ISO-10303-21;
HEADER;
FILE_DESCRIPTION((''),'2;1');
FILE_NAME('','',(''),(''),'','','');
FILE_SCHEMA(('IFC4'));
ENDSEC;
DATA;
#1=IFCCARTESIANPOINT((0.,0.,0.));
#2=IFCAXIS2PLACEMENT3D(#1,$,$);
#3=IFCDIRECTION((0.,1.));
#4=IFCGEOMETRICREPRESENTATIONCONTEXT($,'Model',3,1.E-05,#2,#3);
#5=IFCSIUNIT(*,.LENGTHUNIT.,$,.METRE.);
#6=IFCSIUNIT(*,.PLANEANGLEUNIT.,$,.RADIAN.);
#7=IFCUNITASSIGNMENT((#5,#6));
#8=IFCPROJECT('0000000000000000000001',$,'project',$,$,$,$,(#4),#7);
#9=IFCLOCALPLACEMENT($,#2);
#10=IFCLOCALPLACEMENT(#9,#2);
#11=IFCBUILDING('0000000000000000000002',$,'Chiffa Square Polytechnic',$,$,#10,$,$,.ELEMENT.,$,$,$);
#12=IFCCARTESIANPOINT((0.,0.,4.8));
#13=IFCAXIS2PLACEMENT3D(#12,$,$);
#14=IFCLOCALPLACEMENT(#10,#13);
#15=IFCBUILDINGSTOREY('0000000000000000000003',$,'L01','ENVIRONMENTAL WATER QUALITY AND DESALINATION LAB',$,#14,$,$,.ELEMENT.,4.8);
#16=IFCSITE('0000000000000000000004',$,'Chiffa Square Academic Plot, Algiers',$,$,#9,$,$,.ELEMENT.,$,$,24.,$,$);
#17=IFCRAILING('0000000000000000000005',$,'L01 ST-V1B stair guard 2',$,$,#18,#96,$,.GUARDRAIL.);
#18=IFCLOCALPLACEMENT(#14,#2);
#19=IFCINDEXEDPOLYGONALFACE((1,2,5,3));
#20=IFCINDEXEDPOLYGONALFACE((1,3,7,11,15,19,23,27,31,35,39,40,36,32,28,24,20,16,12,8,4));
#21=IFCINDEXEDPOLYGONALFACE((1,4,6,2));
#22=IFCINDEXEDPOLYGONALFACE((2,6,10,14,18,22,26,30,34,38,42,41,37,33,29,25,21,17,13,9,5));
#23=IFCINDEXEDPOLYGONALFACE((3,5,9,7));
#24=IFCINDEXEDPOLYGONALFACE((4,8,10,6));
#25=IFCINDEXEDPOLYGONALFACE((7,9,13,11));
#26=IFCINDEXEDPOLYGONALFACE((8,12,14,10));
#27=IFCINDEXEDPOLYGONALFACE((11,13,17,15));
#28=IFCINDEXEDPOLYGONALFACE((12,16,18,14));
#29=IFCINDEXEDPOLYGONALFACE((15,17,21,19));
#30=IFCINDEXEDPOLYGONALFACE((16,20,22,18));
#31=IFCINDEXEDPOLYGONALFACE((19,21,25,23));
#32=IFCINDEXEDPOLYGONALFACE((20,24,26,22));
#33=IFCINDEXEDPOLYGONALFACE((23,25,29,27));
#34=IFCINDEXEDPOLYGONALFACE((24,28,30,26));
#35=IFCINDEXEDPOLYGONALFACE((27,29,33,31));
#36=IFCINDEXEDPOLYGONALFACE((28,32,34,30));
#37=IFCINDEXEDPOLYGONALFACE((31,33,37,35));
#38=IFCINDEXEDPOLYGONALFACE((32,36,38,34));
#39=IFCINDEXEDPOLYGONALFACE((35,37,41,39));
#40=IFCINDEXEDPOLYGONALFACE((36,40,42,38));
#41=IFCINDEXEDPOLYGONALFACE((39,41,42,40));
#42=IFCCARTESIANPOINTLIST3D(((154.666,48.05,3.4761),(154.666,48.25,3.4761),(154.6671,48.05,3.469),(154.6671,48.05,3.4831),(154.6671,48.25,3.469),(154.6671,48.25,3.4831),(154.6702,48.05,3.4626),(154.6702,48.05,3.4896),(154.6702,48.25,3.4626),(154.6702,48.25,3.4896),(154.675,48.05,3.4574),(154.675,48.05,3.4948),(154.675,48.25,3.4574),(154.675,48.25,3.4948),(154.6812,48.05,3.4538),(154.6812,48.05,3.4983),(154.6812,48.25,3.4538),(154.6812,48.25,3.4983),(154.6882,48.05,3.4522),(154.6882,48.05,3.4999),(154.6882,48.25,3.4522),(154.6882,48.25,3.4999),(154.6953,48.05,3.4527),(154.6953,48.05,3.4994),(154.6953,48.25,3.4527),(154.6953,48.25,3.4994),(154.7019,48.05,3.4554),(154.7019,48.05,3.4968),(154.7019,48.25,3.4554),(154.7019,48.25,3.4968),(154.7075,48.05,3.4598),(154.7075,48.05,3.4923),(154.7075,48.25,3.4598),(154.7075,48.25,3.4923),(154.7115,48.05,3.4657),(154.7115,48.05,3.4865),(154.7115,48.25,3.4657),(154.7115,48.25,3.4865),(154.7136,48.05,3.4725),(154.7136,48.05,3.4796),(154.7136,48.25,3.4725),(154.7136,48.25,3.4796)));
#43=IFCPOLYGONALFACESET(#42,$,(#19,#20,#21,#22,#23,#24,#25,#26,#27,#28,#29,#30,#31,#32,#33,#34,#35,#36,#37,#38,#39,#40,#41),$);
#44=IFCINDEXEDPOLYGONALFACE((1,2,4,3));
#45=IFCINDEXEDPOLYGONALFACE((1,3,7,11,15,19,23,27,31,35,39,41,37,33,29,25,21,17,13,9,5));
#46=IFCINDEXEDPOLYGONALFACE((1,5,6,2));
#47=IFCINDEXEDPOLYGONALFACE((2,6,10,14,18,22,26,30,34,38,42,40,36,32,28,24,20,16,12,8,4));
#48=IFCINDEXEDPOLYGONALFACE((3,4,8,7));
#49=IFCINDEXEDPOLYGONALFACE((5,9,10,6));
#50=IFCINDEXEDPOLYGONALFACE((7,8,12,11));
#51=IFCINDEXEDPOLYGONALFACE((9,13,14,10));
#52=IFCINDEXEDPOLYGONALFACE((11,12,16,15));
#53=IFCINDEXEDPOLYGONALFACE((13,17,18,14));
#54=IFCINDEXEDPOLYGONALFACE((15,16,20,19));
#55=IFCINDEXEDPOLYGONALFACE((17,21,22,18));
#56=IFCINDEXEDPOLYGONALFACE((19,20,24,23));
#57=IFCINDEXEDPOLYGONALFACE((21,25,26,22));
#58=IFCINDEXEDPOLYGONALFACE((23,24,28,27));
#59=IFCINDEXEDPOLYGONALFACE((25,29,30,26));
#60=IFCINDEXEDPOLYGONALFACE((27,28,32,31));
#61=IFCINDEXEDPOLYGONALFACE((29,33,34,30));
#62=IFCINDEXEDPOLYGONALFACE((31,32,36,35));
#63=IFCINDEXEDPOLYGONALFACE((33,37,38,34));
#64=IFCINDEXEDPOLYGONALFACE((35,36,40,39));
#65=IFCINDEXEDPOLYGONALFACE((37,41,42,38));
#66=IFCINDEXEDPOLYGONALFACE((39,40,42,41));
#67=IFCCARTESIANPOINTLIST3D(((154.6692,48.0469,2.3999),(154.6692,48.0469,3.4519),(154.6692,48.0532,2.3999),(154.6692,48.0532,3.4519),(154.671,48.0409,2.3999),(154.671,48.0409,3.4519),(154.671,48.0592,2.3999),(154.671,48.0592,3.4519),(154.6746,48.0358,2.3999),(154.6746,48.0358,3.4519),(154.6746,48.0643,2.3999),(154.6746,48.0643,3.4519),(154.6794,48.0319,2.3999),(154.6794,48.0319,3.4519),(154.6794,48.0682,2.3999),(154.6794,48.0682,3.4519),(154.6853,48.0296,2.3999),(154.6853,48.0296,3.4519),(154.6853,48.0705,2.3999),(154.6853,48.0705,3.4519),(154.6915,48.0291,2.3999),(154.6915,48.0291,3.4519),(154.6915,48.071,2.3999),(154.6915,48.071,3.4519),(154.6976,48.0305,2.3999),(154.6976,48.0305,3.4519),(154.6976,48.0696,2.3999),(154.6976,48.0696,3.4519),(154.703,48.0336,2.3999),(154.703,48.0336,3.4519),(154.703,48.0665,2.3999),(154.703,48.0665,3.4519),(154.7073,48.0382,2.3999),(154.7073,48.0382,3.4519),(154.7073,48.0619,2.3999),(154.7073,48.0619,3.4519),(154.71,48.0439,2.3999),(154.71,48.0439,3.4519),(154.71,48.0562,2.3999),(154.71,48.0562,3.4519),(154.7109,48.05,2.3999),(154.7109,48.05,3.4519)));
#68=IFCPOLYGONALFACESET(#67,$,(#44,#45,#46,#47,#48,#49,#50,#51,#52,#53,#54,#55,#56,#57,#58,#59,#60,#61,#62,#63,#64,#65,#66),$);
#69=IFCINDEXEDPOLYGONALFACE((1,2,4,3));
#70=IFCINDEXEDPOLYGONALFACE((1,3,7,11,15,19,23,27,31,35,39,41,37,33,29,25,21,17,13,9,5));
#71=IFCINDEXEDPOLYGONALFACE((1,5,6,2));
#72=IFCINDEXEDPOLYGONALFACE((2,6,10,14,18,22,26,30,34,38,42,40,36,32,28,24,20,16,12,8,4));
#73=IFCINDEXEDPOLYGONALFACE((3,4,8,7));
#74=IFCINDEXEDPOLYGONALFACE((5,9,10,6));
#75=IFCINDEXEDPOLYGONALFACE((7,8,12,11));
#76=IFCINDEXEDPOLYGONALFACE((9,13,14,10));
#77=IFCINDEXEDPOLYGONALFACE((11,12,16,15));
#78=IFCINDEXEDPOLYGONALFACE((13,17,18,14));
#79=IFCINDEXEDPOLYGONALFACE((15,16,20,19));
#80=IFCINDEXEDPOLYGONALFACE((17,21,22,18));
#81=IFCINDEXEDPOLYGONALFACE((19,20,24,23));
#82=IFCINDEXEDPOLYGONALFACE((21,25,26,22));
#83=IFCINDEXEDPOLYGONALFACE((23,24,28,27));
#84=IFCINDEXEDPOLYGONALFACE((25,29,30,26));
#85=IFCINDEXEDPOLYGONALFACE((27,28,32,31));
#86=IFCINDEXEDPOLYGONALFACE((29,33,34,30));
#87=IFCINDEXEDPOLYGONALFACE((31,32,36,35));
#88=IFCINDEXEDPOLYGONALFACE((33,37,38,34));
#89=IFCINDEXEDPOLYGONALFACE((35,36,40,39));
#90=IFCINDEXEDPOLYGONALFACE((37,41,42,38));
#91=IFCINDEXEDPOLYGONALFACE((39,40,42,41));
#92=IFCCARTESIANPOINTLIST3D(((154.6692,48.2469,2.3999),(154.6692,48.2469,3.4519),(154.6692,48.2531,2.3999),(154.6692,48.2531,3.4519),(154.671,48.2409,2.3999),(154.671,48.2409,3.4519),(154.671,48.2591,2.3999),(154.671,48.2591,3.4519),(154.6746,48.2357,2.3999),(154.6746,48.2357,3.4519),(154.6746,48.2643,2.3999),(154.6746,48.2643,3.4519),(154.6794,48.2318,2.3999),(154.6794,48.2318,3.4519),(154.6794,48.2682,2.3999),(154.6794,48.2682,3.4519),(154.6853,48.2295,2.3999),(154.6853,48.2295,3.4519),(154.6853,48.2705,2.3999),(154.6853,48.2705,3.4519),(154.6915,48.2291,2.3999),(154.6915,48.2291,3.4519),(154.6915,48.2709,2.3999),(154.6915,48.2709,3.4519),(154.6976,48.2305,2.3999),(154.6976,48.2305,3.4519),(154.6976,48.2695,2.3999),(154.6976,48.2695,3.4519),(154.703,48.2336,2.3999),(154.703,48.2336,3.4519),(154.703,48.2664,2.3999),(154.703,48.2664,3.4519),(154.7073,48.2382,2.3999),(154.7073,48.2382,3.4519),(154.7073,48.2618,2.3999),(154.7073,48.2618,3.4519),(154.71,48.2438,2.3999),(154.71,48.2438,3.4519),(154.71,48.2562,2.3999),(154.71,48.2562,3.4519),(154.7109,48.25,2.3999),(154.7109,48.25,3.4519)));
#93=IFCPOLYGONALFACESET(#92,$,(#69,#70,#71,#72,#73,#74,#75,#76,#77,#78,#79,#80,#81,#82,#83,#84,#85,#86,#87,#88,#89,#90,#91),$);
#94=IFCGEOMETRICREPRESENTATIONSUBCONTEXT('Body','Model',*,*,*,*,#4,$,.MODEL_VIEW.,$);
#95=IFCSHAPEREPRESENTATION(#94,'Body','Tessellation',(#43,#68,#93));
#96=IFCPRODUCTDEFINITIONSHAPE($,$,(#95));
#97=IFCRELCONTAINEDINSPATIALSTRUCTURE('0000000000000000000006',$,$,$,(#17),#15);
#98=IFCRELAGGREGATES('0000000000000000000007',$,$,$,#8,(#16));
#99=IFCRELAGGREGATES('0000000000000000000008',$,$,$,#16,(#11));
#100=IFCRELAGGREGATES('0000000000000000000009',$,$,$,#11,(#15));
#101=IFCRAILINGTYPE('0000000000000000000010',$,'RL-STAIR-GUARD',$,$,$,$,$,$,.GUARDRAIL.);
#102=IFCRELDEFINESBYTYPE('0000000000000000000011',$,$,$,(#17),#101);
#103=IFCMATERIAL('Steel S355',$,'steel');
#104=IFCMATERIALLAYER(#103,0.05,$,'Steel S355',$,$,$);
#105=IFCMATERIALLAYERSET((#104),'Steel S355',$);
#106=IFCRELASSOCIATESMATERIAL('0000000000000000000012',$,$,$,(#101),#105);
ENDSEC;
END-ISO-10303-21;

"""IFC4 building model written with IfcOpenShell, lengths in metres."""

from ifc_helpers import new_model, si_unit, direction, frame, origin, origin_2d, place, context, subcontext, project, spatial, circle, extrude, material, layer, layer_set, type_object, element, save


model = new_model("IFC4")

# Units and contexts
model_context = context("Model", 3, precision=1e-05, world=origin(), true_north=direction((0.0, 1.0)))
body_context = subcontext(model_context, "Body", "Model", "MODEL_VIEW")
ifc_project = project(units=[si_unit("LENGTHUNIT", "METRE"), si_unit("PLANEANGLEUNIT", "RADIAN")], contexts=[model_context])

# Site, building, storey
site_placement = place(None, origin())
site = spatial("IfcSite", under=ifc_project, at=site_placement, Name="Chiffa Square Academic Plot, Algiers", CompositionType="ELEMENT", RefElevation=24.0)
building_placement = place(site_placement, origin())
building = spatial("IfcBuilding", under=site, at=building_placement, Name="Chiffa Square Polytechnic", CompositionType="ELEMENT")
storey_placement = place(building_placement, frame((0.0, 0.0, 4.8)))
storey = spatial("IfcBuildingStorey", under=building, at=storey_placement, Name="L01", Description="ENVIRONMENTAL WATER QUALITY AND DESALINATION LAB", CompositionType="ELEMENT", Elevation=4.8)

# Railing
ifc_material_1 = material(Name="Steel S355", Category="steel")
ifc_layer_1 = layer(ifc_material_1, 0.05, Name="Steel S355")
ifc_layer_set_1 = layer_set([ifc_layer_1], Name="Steel S355")
railing_type_1 = type_object("IfcRailingType", Name="RL-STAIR-GUARD", PredefinedType="GUARDRAIL", material=ifc_layer_set_1)
railing_1_placement = place(storey_placement, frame((154.6899, 48.05, 2.3999)))
element("IfcRailing", 1, at=railing_1_placement, inside=storey, type_object=railing_type_1, Name="L01 ST-V1B stair guard 2", PredefinedType="GUARDRAIL", context=body_context, shape_type="SweptSolid", body=[
    extrude(circle(Radius=0.0239, at=origin_2d()), frame((0.0, 0.0, 1.0762), z_axis=(0.0, 1.0, 0.0), x_axis=(-1.0, 0.0, 0.0)), (0.0, 0.0, 1.0), 0.2),
    extrude(circle(Radius=0.021, at=origin_2d()), origin(), (0.0, 0.0, 1.0), 1.052),
    extrude(circle(Radius=0.021, at=origin_2d()), frame((0.0, 0.2, 0.0)), (0.0, 0.0, 1.0), 1.052),
])

save(model, "model.ifc")
